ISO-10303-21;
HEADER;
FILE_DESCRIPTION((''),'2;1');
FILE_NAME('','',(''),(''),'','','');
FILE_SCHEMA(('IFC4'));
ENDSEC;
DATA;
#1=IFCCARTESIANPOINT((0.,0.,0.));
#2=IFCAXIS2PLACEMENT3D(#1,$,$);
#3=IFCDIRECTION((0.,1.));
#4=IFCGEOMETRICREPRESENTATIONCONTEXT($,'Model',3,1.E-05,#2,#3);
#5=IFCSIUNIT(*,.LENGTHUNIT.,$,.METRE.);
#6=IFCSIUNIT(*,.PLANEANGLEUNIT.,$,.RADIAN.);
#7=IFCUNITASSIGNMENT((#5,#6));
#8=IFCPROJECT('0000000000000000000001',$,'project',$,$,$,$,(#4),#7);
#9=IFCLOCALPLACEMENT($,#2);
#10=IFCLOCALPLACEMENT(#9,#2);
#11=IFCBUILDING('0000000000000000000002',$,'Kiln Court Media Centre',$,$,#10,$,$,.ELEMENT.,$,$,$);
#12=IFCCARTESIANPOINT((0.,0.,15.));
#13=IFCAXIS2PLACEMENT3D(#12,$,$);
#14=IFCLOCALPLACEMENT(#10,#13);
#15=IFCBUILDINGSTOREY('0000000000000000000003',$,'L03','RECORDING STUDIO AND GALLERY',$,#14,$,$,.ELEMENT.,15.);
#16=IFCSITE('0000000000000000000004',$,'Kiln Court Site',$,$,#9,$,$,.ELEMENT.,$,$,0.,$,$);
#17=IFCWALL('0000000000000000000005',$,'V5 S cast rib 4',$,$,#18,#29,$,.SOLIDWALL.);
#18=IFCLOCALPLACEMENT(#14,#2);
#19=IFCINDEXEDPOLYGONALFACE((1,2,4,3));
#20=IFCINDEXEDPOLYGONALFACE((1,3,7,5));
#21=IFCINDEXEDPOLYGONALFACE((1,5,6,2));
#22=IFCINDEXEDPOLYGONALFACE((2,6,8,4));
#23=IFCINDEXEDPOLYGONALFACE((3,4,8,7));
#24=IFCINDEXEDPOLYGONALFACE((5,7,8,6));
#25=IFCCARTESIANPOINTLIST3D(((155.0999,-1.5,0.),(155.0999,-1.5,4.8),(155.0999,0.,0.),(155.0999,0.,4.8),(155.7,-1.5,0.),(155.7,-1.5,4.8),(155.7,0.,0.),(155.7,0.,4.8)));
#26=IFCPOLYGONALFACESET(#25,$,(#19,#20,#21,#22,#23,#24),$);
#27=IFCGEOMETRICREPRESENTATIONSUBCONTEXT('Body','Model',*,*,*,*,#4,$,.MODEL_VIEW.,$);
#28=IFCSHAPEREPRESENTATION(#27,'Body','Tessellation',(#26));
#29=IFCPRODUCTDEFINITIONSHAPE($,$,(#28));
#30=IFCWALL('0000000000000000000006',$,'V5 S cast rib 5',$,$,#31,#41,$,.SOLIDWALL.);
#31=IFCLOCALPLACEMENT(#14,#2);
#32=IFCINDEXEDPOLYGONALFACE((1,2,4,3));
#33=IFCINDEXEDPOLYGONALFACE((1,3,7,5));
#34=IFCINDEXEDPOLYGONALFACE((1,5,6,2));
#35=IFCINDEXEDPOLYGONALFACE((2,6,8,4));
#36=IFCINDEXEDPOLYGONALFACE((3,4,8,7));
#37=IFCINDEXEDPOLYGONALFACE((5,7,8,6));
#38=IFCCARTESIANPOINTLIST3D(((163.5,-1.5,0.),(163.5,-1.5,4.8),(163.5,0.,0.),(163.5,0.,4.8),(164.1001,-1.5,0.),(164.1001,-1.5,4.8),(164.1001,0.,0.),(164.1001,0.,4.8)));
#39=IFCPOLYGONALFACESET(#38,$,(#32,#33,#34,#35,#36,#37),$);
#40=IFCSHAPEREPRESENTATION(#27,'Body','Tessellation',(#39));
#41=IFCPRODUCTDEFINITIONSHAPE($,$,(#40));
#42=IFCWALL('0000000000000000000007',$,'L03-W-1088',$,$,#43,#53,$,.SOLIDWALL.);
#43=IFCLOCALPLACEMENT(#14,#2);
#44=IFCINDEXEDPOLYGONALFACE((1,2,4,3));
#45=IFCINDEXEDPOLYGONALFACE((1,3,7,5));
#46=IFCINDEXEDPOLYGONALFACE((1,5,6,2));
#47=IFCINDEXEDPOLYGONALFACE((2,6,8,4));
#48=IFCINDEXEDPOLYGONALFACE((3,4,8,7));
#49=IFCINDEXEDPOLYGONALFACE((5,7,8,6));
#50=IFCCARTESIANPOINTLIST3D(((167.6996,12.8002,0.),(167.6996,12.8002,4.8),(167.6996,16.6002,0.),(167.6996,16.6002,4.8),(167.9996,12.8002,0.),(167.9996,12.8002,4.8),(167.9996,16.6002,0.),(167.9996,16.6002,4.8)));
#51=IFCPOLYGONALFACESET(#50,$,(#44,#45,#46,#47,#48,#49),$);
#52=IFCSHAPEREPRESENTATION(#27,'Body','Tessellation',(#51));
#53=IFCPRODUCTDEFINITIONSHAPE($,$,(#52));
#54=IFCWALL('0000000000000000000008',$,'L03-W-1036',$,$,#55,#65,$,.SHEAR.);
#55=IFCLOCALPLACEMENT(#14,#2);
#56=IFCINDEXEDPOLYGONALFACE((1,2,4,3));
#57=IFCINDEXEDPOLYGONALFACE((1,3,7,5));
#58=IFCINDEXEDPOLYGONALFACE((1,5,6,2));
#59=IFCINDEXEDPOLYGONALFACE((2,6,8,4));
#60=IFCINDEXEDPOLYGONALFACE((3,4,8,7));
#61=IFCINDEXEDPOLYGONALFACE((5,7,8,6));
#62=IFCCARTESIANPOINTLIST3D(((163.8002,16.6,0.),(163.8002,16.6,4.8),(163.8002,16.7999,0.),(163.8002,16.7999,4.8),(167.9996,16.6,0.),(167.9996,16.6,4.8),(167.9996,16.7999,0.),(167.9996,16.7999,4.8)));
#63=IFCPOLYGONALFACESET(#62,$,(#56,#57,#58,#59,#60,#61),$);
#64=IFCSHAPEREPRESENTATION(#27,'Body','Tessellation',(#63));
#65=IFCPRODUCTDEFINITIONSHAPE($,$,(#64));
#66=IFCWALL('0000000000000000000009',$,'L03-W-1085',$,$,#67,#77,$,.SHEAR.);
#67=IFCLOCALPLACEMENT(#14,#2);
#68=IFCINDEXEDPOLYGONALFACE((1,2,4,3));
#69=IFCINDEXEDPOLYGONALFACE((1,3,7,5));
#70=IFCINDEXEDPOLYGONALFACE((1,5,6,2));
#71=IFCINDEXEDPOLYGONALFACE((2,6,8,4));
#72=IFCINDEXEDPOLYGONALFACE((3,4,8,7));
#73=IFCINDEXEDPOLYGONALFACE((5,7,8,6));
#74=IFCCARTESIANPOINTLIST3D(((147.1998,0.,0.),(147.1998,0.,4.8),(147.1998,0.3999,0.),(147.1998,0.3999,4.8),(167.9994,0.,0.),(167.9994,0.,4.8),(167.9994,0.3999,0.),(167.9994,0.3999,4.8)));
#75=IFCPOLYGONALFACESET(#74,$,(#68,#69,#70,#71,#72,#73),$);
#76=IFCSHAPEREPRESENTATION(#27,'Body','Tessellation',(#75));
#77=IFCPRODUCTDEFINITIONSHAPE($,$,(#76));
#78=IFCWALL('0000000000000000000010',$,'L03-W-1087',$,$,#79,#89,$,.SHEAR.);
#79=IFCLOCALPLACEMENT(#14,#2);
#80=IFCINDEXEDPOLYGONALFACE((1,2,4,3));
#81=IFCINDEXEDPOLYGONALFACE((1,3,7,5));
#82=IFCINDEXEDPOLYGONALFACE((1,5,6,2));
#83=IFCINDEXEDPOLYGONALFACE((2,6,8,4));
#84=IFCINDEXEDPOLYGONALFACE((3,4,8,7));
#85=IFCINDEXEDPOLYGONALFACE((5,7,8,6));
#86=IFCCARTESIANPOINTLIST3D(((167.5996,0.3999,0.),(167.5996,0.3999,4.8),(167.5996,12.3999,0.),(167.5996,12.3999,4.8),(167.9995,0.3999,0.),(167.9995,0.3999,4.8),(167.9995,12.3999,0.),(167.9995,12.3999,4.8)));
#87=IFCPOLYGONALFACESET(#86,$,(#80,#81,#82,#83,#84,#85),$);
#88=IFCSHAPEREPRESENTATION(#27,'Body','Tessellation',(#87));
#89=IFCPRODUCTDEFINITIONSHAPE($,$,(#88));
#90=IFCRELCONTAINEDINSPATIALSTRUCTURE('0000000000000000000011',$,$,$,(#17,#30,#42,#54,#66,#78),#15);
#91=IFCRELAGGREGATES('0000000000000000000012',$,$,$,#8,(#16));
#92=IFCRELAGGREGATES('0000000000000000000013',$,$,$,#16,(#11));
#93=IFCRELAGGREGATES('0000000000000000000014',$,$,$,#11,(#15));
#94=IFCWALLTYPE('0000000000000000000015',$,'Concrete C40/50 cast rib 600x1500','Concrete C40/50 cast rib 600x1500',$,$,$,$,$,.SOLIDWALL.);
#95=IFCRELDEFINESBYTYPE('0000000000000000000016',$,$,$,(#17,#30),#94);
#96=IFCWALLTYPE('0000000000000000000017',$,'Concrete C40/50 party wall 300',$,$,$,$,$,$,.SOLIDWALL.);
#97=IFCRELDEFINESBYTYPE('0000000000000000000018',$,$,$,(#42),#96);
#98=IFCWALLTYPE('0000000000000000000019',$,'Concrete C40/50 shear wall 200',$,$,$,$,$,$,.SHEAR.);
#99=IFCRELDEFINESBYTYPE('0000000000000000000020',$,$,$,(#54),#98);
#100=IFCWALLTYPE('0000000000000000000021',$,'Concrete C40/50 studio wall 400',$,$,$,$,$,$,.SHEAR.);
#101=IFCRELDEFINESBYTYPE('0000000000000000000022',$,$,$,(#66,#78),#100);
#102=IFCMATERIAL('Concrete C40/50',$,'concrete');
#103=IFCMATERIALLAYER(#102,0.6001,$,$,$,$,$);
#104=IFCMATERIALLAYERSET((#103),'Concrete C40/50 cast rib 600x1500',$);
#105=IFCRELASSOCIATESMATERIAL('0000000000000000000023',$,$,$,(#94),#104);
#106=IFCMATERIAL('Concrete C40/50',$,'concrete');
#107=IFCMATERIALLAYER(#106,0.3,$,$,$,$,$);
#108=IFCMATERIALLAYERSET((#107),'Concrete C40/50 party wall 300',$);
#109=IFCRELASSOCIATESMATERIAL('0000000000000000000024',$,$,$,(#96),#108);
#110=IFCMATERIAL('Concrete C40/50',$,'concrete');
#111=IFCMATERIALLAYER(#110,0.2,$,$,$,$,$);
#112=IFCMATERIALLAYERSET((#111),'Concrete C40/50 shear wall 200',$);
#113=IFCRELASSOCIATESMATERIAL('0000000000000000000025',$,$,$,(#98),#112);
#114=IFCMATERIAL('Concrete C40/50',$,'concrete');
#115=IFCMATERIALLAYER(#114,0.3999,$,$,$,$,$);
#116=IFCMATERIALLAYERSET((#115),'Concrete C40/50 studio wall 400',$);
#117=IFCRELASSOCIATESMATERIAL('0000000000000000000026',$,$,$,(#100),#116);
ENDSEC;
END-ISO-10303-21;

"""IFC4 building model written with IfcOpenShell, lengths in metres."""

from ifc_helpers import new_model, si_unit, direction, frame, frame_2d, origin, place, context, subcontext, project, spatial, rectangle, extrude, material, layer, layer_set, type_object, element, save


model = new_model("IFC4")

# Units and contexts
model_context = context("Model", 3, precision=1e-05, world=origin(), true_north=direction((0.0, 1.0)))
body_context = subcontext(model_context, "Body", "Model", "MODEL_VIEW")
ifc_project = project(units=[si_unit("LENGTHUNIT", "METRE"), si_unit("PLANEANGLEUNIT", "RADIAN")], contexts=[model_context])

# Site, building, storey
site_placement = place(None, origin())
site = spatial("IfcSite", under=ifc_project, at=site_placement, Name="Kiln Court Site", CompositionType="ELEMENT", RefElevation=0.0)
building_placement = place(site_placement, origin())
building = spatial("IfcBuilding", under=site, at=building_placement, Name="Kiln Court Media Centre", CompositionType="ELEMENT")
storey_placement = place(building_placement, frame((0.0, 0.0, 15.0)))
storey = spatial("IfcBuildingStorey", under=building, at=storey_placement, Name="L03", Description="RECORDING STUDIO AND GALLERY", CompositionType="ELEMENT", Elevation=15.0)

# Walls
ifc_material_1 = material(Name="Concrete C40/50", Category="concrete")
ifc_layer_1 = layer(ifc_material_1, 0.6001)
ifc_layer_set_1 = layer_set([ifc_layer_1], Name="Concrete C40/50 cast rib 600x1500")
wall_type_1 = type_object("IfcWallType", Name="Concrete C40/50 cast rib 600x1500", Description="Concrete C40/50 cast rib 600x1500", PredefinedType="SOLIDWALL", material=ifc_layer_set_1)
for number, where, z_axis, x_axis, name in (
    (1, (155.3999, 0.0, 0.0), (0.0, 0.0, 1.0), (0.0, -1.0, 0.0), "V5 S cast rib 4"),
    (2, (163.8, 0.0, 0.0), (0.0, 0.0, 1.0), (0.0, -1.0, 0.0), "V5 S cast rib 5"),
):
    element("IfcWall", number, at=place(storey_placement, frame(where, z_axis=z_axis, x_axis=x_axis)), inside=storey, type_object=wall_type_1, Name=name, PredefinedType="SOLIDWALL", context=body_context, shape_type="SweptSolid", body=[
        extrude(rectangle(XDim=1.5, YDim=0.6001, at=frame_2d((0.75, 0.0))), origin(), (0.0, 0.0, 1.0), 4.8),
    ])
ifc_material_2 = material(Name="Concrete C40/50", Category="concrete")
ifc_layer_2 = layer(ifc_material_2, 0.3)
ifc_layer_set_2 = layer_set([ifc_layer_2], Name="Concrete C40/50 party wall 300")
wall_type_2 = type_object("IfcWallType", Name="Concrete C40/50 party wall 300", PredefinedType="SOLIDWALL", material=ifc_layer_set_2)
wall_1_placement = place(storey_placement, frame((167.8496, 16.6001, 0.0), z_axis=(0.0, 0.0, 1.0), x_axis=(0.0, -1.0, 0.0)))
element("IfcWall", 3, at=wall_1_placement, inside=storey, type_object=wall_type_2, Name="L03-W-1088", PredefinedType="SOLIDWALL", context=body_context, shape_type="SweptSolid", body=[
    extrude(rectangle(XDim=3.8, YDim=0.3, at=frame_2d((1.8999, 0.0))), origin(), (0.0, 0.0, 1.0), 4.8),
])
ifc_material_3 = material(Name="Concrete C40/50", Category="concrete")
ifc_layer_3 = layer(ifc_material_3, 0.2)
ifc_layer_set_3 = layer_set([ifc_layer_3], Name="Concrete C40/50 shear wall 200")
wall_type_3 = type_object("IfcWallType", Name="Concrete C40/50 shear wall 200", PredefinedType="SHEAR", material=ifc_layer_set_3)
wall_2_placement = place(storey_placement, frame((167.9995, 16.7, 0.0), z_axis=(0.0, 0.0, 1.0), x_axis=(-1.0, 0.0, 0.0)))
element("IfcWall", 4, at=wall_2_placement, inside=storey, type_object=wall_type_3, Name="L03-W-1036", PredefinedType="SHEAR", context=body_context, shape_type="SweptSolid", body=[
    extrude(rectangle(XDim=4.1995, YDim=0.2, at=frame_2d((2.0996, 0.0))), origin(), (0.0, 0.0, 1.0), 4.8),
])
ifc_material_4 = material(Name="Concrete C40/50", Category="concrete")
ifc_layer_4 = layer(ifc_material_4, 0.3999)
ifc_layer_set_4 = layer_set([ifc_layer_4], Name="Concrete C40/50 studio wall 400")
wall_type_4 = type_object("IfcWallType", Name="Concrete C40/50 studio wall 400", PredefinedType="SHEAR", material=ifc_layer_set_4)
wall_3_placement = place(storey_placement, frame((167.9995, 0.2, 0.0), z_axis=(0.0, 0.0, 1.0), x_axis=(-1.0, 0.0, 0.0)))
element("IfcWall", 5, at=wall_3_placement, inside=storey, type_object=wall_type_4, Name="L03-W-1085", PredefinedType="SHEAR", context=body_context, shape_type="SweptSolid", body=[
    extrude(rectangle(XDim=20.7996, YDim=0.3999, at=frame_2d((10.3999, 0.0))), origin(), (0.0, 0.0, 1.0), 4.8),
])
wall_4_placement = place(storey_placement, frame((167.7996, 12.3999, 0.0), z_axis=(0.0, 0.0, 1.0), x_axis=(0.0, -1.0, 0.0)))
element("IfcWall", 6, at=wall_4_placement, inside=storey, type_object=wall_type_4, Name="L03-W-1087", PredefinedType="SHEAR", context=body_context, shape_type="SweptSolid", body=[
    extrude(rectangle(XDim=12.0, YDim=0.3999, at=frame_2d((6.0, 0.0))), origin(), (0.0, 0.0, 1.0), 4.8),
])

save(model, "model.ifc")
